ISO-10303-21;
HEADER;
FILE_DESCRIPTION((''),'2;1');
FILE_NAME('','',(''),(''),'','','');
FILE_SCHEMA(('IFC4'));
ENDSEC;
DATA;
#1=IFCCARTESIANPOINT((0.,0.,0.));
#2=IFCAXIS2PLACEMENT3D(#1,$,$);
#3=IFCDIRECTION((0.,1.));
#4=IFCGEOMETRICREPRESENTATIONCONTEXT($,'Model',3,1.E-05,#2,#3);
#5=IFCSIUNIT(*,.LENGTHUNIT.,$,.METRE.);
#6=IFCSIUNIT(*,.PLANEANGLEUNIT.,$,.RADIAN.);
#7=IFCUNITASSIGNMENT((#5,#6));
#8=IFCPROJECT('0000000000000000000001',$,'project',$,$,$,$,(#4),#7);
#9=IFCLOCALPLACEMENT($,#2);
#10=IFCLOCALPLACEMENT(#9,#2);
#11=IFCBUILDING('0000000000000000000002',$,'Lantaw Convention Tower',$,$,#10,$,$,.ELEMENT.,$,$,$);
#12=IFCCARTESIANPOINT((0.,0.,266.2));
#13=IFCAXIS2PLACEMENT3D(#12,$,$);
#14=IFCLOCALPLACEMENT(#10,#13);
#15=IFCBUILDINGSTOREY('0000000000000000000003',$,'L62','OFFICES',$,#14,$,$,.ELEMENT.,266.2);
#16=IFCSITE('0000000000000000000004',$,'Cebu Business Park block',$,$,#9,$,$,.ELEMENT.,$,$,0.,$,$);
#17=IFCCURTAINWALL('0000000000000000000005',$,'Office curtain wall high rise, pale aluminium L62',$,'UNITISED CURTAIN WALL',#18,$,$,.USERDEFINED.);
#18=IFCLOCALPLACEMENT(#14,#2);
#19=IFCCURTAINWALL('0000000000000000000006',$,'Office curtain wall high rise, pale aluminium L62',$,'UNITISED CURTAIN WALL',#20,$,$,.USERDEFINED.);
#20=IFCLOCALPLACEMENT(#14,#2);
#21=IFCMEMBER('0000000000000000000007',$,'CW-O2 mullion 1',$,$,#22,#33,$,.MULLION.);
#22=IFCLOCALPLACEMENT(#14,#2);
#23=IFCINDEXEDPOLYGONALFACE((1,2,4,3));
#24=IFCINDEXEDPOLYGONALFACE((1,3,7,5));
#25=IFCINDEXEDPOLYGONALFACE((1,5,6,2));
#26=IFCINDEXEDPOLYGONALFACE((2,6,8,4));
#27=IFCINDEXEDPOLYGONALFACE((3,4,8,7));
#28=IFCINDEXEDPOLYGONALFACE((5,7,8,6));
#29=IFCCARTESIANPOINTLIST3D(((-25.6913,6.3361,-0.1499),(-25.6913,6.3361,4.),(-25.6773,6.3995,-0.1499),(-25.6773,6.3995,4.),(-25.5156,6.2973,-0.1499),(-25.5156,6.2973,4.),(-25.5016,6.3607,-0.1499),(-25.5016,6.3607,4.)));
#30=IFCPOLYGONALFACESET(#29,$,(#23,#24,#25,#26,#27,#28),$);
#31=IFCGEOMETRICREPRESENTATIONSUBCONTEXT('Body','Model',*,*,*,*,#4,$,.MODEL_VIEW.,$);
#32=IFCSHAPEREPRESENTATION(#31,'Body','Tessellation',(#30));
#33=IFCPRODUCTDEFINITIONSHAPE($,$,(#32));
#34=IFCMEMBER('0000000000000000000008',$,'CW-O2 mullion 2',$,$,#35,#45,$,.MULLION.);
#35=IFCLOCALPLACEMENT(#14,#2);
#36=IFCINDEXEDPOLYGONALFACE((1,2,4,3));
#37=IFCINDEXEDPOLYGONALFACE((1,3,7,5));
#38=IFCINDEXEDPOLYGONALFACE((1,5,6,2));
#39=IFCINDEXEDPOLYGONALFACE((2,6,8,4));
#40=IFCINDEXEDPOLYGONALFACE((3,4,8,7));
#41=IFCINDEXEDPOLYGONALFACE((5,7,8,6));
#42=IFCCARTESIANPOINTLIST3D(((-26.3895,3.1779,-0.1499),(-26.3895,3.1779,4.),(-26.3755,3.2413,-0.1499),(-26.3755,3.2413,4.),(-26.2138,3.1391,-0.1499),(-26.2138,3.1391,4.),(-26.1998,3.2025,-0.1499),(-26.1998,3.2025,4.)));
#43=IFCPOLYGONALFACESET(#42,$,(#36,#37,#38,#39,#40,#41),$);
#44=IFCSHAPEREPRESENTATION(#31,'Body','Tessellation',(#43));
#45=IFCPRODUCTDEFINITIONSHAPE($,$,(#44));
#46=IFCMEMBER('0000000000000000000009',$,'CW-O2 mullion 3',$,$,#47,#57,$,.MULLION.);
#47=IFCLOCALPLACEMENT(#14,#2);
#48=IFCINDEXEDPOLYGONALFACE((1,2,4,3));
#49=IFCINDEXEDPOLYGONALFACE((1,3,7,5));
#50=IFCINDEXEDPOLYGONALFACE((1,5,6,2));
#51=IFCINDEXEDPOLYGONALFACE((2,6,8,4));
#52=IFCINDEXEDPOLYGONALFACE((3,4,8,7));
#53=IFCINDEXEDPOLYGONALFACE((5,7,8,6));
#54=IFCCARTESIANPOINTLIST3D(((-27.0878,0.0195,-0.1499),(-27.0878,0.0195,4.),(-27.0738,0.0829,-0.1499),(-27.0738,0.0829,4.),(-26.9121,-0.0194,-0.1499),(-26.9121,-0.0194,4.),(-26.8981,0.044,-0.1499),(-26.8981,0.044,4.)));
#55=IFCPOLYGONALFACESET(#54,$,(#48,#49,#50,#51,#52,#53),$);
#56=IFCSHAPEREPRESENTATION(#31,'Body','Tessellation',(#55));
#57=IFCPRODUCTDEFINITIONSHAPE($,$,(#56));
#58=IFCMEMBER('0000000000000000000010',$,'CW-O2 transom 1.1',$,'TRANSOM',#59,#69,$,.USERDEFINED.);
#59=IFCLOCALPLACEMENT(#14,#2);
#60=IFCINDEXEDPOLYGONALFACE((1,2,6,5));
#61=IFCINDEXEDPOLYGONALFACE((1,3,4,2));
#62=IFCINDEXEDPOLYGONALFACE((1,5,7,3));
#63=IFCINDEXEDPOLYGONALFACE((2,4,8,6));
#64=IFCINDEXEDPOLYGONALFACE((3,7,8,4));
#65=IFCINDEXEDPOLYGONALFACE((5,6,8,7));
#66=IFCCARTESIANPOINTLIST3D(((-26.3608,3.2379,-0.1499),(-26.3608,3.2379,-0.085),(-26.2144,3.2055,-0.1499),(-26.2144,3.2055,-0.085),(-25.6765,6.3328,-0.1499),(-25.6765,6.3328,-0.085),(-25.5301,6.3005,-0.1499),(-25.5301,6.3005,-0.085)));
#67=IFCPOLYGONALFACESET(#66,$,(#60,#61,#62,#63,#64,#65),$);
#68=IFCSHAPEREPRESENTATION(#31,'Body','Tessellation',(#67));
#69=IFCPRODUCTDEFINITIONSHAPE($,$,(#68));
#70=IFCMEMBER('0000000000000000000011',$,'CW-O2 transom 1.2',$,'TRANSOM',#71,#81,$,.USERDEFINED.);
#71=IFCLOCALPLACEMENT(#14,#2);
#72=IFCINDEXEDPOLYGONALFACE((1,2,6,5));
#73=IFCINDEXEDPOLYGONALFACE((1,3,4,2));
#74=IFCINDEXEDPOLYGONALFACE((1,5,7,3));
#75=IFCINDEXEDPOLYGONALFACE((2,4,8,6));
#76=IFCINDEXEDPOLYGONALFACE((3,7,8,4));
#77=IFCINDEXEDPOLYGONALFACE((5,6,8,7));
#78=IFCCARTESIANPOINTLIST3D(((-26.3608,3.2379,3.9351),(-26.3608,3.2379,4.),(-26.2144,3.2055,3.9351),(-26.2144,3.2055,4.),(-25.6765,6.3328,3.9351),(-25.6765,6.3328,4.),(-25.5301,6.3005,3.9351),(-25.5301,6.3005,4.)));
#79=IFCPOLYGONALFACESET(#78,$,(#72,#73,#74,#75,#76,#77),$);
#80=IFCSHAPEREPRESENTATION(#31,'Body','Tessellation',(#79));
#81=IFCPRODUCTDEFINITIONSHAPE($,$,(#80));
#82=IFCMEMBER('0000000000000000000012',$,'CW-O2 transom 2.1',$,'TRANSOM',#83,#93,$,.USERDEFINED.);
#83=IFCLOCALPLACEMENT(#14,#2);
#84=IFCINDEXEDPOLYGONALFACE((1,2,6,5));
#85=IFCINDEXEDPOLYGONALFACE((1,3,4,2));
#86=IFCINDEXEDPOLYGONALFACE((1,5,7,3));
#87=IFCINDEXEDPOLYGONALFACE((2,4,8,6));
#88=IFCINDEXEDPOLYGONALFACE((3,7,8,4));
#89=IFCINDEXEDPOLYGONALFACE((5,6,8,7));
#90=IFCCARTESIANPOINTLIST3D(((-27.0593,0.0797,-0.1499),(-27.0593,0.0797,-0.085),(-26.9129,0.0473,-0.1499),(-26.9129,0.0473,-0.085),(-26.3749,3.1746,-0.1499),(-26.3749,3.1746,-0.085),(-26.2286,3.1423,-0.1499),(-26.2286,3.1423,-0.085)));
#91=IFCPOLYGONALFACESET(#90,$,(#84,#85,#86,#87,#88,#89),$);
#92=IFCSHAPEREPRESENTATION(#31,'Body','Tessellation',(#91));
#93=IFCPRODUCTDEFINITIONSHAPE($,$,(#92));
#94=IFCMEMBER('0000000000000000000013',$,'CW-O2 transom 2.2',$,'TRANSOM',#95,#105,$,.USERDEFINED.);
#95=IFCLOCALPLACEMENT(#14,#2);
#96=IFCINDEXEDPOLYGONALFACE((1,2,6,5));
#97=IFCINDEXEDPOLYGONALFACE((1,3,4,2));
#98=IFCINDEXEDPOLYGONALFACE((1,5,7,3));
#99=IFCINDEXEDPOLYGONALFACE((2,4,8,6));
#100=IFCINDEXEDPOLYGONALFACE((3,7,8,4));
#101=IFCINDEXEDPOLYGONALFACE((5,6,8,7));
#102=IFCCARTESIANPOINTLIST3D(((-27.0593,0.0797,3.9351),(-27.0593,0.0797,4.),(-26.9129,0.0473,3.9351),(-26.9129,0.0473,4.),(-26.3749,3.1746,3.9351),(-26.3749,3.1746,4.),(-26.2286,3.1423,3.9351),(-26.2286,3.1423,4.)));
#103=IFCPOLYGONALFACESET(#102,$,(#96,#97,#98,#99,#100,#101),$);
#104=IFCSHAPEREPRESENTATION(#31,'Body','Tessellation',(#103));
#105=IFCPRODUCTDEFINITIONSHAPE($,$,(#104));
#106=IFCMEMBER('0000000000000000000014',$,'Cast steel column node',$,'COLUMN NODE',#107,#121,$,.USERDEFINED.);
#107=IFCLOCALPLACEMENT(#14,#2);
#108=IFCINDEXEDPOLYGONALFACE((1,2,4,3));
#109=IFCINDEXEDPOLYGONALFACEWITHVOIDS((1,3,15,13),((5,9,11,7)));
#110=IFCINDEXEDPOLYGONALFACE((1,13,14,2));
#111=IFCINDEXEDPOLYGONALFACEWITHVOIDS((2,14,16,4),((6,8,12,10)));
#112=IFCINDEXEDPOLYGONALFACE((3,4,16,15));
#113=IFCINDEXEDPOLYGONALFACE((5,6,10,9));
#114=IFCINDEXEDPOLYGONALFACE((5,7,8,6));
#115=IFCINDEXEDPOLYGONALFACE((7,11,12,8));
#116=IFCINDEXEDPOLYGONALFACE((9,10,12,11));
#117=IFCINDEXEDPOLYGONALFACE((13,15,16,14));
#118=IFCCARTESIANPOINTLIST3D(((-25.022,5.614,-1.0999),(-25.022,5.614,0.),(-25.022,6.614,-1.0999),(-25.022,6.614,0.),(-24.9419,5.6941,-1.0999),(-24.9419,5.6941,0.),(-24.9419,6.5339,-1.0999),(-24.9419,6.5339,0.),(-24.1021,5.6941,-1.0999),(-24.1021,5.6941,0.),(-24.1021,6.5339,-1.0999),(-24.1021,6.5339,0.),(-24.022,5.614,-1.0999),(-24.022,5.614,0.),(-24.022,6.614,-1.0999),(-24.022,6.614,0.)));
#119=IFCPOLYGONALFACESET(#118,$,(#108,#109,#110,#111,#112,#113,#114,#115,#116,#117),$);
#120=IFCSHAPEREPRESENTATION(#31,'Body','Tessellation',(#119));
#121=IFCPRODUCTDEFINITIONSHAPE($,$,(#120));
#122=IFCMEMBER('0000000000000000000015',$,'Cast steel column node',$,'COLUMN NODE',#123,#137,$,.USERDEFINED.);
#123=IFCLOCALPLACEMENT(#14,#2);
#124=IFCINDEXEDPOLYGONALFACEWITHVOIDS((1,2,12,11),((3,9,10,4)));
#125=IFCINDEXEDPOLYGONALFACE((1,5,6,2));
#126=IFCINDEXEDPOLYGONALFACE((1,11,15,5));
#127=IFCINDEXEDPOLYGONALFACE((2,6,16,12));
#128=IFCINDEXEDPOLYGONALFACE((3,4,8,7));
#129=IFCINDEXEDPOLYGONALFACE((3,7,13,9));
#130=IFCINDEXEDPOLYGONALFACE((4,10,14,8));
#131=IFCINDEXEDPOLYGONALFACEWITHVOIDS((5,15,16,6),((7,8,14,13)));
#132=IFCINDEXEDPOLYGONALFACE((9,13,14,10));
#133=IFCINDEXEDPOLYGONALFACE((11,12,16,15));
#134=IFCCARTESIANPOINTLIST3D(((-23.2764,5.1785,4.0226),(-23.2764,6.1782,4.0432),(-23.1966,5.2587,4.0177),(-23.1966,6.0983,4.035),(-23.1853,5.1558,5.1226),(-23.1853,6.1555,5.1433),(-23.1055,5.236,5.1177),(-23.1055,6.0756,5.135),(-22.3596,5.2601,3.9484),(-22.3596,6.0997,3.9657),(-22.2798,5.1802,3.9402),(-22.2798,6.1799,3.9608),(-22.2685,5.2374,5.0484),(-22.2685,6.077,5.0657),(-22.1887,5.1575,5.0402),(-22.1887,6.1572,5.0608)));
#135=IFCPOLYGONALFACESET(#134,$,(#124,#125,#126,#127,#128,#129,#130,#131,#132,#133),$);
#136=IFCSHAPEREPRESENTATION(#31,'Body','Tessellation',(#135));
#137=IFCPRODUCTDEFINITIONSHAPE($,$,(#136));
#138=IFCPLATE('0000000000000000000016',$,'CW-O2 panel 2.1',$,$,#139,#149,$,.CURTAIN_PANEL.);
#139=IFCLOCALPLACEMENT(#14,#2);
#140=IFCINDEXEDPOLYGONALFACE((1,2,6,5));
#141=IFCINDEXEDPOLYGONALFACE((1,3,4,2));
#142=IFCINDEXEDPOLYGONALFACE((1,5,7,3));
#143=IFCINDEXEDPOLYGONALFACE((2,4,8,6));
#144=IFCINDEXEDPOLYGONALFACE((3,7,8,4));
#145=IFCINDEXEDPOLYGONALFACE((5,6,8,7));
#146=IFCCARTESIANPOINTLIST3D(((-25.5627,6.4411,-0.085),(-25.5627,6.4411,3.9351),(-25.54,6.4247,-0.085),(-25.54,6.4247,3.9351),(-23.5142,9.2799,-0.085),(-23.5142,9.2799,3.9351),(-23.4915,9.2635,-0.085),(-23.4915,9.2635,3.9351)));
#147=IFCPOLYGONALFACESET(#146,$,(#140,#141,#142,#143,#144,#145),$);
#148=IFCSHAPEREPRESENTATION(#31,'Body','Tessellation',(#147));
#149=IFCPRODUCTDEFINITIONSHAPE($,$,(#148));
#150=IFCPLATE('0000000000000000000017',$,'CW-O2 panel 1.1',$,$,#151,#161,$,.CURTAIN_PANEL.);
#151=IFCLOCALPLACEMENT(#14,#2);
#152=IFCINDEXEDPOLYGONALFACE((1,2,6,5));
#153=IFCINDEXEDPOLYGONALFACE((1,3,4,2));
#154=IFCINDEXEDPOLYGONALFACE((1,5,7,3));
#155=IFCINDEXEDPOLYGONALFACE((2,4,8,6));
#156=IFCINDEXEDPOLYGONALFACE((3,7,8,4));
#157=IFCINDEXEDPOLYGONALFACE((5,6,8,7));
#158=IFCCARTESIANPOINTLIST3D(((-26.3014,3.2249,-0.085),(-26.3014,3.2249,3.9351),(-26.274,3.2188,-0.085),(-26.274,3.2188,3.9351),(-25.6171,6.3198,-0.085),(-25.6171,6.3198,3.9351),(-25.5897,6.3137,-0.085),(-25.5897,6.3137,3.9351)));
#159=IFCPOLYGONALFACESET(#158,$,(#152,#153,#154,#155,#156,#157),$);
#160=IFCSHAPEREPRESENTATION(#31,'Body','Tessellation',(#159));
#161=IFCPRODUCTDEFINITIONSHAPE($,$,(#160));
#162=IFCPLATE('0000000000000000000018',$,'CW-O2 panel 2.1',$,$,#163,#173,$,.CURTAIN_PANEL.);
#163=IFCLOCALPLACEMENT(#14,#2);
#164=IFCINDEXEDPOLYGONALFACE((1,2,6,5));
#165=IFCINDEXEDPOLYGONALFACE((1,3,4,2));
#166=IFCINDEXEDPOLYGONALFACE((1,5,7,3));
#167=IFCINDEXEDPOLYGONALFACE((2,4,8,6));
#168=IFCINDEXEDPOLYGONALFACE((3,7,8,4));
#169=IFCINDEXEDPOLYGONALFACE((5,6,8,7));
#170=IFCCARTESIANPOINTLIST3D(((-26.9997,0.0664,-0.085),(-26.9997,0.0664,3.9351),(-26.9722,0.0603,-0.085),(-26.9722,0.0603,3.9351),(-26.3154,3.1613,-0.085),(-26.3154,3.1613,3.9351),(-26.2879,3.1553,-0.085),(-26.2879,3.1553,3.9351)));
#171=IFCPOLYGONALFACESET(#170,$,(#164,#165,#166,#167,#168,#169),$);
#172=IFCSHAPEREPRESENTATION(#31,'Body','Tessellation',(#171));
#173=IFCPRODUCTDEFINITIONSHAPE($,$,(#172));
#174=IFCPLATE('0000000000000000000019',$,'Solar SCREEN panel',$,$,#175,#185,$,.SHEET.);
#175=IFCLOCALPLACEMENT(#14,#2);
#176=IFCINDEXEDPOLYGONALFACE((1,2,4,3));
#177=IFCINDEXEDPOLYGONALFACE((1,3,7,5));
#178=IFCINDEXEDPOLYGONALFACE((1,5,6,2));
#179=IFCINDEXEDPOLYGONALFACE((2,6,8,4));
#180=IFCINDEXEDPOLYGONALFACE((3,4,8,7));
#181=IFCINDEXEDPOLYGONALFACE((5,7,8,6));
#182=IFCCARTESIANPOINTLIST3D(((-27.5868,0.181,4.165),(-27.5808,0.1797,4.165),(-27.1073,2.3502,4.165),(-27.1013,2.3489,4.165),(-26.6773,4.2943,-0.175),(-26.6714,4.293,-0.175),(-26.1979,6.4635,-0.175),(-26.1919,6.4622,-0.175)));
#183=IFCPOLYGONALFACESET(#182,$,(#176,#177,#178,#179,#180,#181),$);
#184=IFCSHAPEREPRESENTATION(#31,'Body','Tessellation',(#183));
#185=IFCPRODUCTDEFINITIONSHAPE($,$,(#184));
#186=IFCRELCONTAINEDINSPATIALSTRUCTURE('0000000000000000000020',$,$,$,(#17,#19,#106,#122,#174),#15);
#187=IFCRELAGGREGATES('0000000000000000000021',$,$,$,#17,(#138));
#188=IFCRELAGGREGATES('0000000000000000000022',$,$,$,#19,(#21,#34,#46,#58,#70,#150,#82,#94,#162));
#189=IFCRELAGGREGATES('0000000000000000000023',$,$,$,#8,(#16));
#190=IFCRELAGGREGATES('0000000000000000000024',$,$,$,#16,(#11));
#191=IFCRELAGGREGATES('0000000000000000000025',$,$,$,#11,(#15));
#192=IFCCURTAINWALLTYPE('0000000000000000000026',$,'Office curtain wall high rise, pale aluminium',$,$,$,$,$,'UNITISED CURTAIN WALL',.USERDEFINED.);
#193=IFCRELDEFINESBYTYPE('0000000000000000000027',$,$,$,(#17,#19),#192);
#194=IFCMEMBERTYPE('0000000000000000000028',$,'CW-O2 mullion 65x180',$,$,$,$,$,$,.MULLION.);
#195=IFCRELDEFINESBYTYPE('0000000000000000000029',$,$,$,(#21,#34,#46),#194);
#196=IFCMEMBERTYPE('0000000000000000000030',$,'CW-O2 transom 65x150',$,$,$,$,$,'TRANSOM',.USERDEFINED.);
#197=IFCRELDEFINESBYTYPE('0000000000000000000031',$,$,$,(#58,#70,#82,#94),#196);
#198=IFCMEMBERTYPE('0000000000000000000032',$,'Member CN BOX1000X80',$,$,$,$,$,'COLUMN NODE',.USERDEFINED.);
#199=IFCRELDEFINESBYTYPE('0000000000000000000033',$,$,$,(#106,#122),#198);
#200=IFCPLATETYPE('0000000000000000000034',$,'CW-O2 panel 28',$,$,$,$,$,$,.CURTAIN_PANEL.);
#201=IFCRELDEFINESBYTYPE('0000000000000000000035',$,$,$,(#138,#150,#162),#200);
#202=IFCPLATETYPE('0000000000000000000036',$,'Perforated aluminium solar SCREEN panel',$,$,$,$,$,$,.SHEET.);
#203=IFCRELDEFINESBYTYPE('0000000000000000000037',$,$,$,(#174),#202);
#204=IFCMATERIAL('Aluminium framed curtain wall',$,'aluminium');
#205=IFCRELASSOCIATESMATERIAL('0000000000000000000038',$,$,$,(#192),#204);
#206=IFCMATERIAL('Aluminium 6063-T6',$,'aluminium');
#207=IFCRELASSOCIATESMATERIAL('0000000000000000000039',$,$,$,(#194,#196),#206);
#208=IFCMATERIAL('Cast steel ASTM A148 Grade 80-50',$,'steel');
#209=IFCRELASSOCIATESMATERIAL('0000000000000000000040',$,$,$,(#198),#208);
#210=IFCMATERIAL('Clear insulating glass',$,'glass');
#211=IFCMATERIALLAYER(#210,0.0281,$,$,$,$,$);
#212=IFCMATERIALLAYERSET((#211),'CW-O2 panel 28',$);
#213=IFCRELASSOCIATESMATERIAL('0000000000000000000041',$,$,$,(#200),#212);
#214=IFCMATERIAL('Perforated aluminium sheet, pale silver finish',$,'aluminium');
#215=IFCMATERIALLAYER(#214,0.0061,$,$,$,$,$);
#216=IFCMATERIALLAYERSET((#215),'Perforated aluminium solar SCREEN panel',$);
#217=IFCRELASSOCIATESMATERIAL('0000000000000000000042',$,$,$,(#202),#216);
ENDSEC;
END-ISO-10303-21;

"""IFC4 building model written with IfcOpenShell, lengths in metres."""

from ifc_helpers import new_model, si_unit, direction, frame, origin, origin_2d, place, context, subcontext, project, spatial, polyline, rectangle, hollow_rectangle, outline, extrude, material, layer, layer_set, material_profile, profile_set, type_object, element, aggregate, save


model = new_model("IFC4")

# Units and contexts
model_context = context("Model", 3, precision=1e-05, world=origin(), true_north=direction((0.0, 1.0)))
body_context = subcontext(model_context, "Body", "Model", "MODEL_VIEW")
ifc_project = project(units=[si_unit("LENGTHUNIT", "METRE"), si_unit("PLANEANGLEUNIT", "RADIAN")], contexts=[model_context])

# Site, building, storey
site_placement = place(None, origin())
site = spatial("IfcSite", under=ifc_project, at=site_placement, Name="Cebu Business Park block", CompositionType="ELEMENT", RefElevation=0.0)
building_placement = place(site_placement, origin())
building = spatial("IfcBuilding", under=site, at=building_placement, Name="Lantaw Convention Tower", CompositionType="ELEMENT")
storey_placement = place(building_placement, frame((0.0, 0.0, 266.2)))
storey = spatial("IfcBuildingStorey", under=building, at=storey_placement, Name="L62", Description="OFFICES", CompositionType="ELEMENT", Elevation=266.2)

# Curtain wall
ifc_material_1 = material(Name="Aluminium framed curtain wall", Category="aluminium")
curtain_wall_type = type_object("IfcCurtainWallType", Name="Office curtain wall high rise, pale aluminium", ElementType="UNITISED CURTAIN WALL", PredefinedType="USERDEFINED", material=ifc_material_1)
curtain_wall_1_placement = place(storey_placement, origin())
curtain_wall_1 = element("IfcCurtainWall", 1, at=curtain_wall_1_placement, inside=storey, type_object=curtain_wall_type, Name="Office curtain wall high rise, pale aluminium L62", ObjectType="UNITISED CURTAIN WALL", PredefinedType="USERDEFINED")
ifc_material_2 = material(Name="Aluminium 6063-T6", Category="aluminium")
ifc_material_profile_1 = material_profile(ifc_material_2, rectangle(XDim=0.1799, YDim=0.0649, at=origin_2d()), Name="CW-O2 mullion 65x180")
ifc_profile_set_1 = profile_set([ifc_material_profile_1], Name="Aluminium 6063-T6")
member_type_1 = type_object("IfcMemberType", Name="CW-O2 mullion 65x180", PredefinedType="MULLION", material=ifc_profile_set_1)

# Curtain wall, members
curtain_wall_2_placement = place(storey_placement, origin())
curtain_wall_2 = element("IfcCurtainWall", 2, at=curtain_wall_2_placement, inside=storey, type_object=curtain_wall_type, Name="Office curtain wall high rise, pale aluminium L62", ObjectType="UNITISED CURTAIN WALL", PredefinedType="USERDEFINED")
member_1_placement = place(storey_placement, frame((-25.5964, 6.3484, -0.1499), z_axis=(0.0, 0.0, 1.0), x_axis=(0.976417, -0.215891, 0.0)))
member_1 = element("IfcMember", 3, at=member_1_placement, type_object=member_type_1, Name="CW-O2 mullion 1", PredefinedType="MULLION", context=body_context, shape_type="SweptSolid", body=[
    extrude(rectangle(XDim=0.1799, YDim=0.0649, at=origin_2d()), origin(), (0.0, 0.0, 1.0), 4.1499),
])
member_2_placement = place(storey_placement, frame((-26.2947, 3.1902, -0.1499), z_axis=(0.0, 0.0, 1.0), x_axis=(0.976417, -0.215891, 0.0)))
member_2 = element("IfcMember", 4, at=member_2_placement, type_object=member_type_1, Name="CW-O2 mullion 2", PredefinedType="MULLION", context=body_context, shape_type="SweptSolid", body=[
    extrude(rectangle(XDim=0.1799, YDim=0.0649, at=origin_2d()), origin(), (0.0, 0.0, 1.0), 4.1499),
])
member_3_placement = place(storey_placement, frame((-26.9929, 0.0317, -0.1499), z_axis=(0.0, 0.0, 1.0), x_axis=(0.976417, -0.215891, 0.0)))
member_3 = element("IfcMember", 5, at=member_3_placement, type_object=member_type_1, Name="CW-O2 mullion 3", PredefinedType="MULLION", context=body_context, shape_type="SweptSolid", body=[
    extrude(rectangle(XDim=0.1799, YDim=0.0649, at=origin_2d()), origin(), (0.0, 0.0, 1.0), 4.1499),
])
ifc_material_profile_2 = material_profile(ifc_material_2, rectangle(XDim=0.1499, YDim=0.0649, at=origin_2d()), Name="CW-O2 transom 65x150")
ifc_profile_set_2 = profile_set([ifc_material_profile_2], Name="Aluminium 6063-T6")
member_type_2 = type_object("IfcMemberType", Name="CW-O2 transom 65x150", ElementType="TRANSOM", PredefinedType="USERDEFINED", material=ifc_profile_set_2)
member_4_placement = place(storey_placement, frame((-25.6033, 6.3167, -0.1174), z_axis=(-0.215895, -0.976417, 0.0), x_axis=(0.976417, -0.215895, 0.0)))
member_4 = element("IfcMember", 6, at=member_4_placement, type_object=member_type_2, Name="CW-O2 transom 1.1", ObjectType="TRANSOM", PredefinedType="USERDEFINED", context=body_context, shape_type="SweptSolid", body=[
    extrude(rectangle(XDim=0.1499, YDim=0.0649, at=origin_2d()), origin(), (0.0, 0.0, 1.0), 3.1697),
])
member_5_placement = place(storey_placement, frame((-25.6033, 6.3167, 3.9675), z_axis=(-0.215895, -0.976417, 0.0), x_axis=(0.976417, -0.215895, 0.0)))
member_5 = element("IfcMember", 7, at=member_5_placement, type_object=member_type_2, Name="CW-O2 transom 1.2", ObjectType="TRANSOM", PredefinedType="USERDEFINED", context=body_context, shape_type="SweptSolid", body=[
    extrude(rectangle(XDim=0.1499, YDim=0.0649, at=origin_2d()), origin(), (0.0, 0.0, 1.0), 3.1697),
])
member_6_placement = place(storey_placement, frame((-26.3018, 3.1584, -0.1174), z_axis=(-0.215895, -0.976417, 0.0), x_axis=(0.976417, -0.215895, 0.0)))
member_6 = element("IfcMember", 8, at=member_6_placement, type_object=member_type_2, Name="CW-O2 transom 2.1", ObjectType="TRANSOM", PredefinedType="USERDEFINED", context=body_context, shape_type="SweptSolid", body=[
    extrude(rectangle(XDim=0.1499, YDim=0.0649, at=origin_2d()), origin(), (0.0, 0.0, 1.0), 3.1697),
])
member_7_placement = place(storey_placement, frame((-26.3018, 3.1584, 3.9675), z_axis=(-0.215895, -0.976417, 0.0), x_axis=(0.976417, -0.215895, 0.0)))
member_7 = element("IfcMember", 9, at=member_7_placement, type_object=member_type_2, Name="CW-O2 transom 2.2", ObjectType="TRANSOM", PredefinedType="USERDEFINED", context=body_context, shape_type="SweptSolid", body=[
    extrude(rectangle(XDim=0.1499, YDim=0.0649, at=origin_2d()), origin(), (0.0, 0.0, 1.0), 3.1697),
])

# Members
ifc_material_3 = material(Name="Cast steel ASTM A148 Grade 80-50", Category="steel")
ifc_material_profile_3 = material_profile(ifc_material_3, hollow_rectangle(XDim=1.0, YDim=1.0, WallThickness=0.0801, at=origin_2d()), Name="BOX1000X80")
ifc_profile_set_3 = profile_set([ifc_material_profile_3], Name="Cast steel ASTM A148 Grade 80-50")
member_type_3 = type_object("IfcMemberType", Name="Member CN BOX1000X80", ElementType="COLUMN NODE", PredefinedType="USERDEFINED", material=ifc_profile_set_3)
member_8_placement = place(storey_placement, frame((-24.522, 6.114, -1.0999), z_axis=(0.0, 0.0, 1.0), x_axis=(1.0, 0.0, 0.0)))
element("IfcMember", 10, at=member_8_placement, inside=storey, type_object=member_type_3, Name="Cast steel column node", ObjectType="COLUMN NODE", PredefinedType="USERDEFINED", context=body_context, shape_type="SweptSolid", body=[
    extrude(hollow_rectangle(XDim=1.0, YDim=1.0, WallThickness=0.0801, at=origin_2d()), origin(), (0.0, 0.0, 1.0), 1.0999),
])
member_9_placement = place(storey_placement, frame((-22.7781, 5.6792, 3.9917), z_axis=(0.082479, -0.020564, 0.996381), x_axis=(0.996593, 0.001698, -0.082461)))
element("IfcMember", 11, at=member_9_placement, inside=storey, type_object=member_type_3, Name="Cast steel column node", ObjectType="COLUMN NODE", PredefinedType="USERDEFINED", context=body_context, shape_type="SweptSolid", body=[
    extrude(hollow_rectangle(XDim=1.0, YDim=1.0, WallThickness=0.0801, at=origin_2d()), origin(), (0.0, 0.0, 1.0), 1.104),
])

# Plates
ifc_material_4 = material(Name="Clear insulating glass", Category="glass")
ifc_layer_1 = layer(ifc_material_4, 0.0281)
ifc_layer_set_1 = layer_set([ifc_layer_1], Name="CW-O2 panel 28")
plate_type_1 = type_object("IfcPlateType", Name="CW-O2 panel 28", PredefinedType="CURTAIN_PANEL", material=ifc_layer_set_1)
plate_1_placement = place(storey_placement, frame((-24.5271, 7.8523, -0.085), z_axis=(0.0, 0.0, 1.0), x_axis=(-0.585158, -0.81092, 0.0)))
plate_1 = element("IfcPlate", 12, at=plate_1_placement, type_object=plate_type_1, Name="CW-O2 panel 2.1", PredefinedType="CURTAIN_PANEL", context=body_context, shape_type="SweptSolid", body=[
    extrude(rectangle(XDim=3.5007, YDim=0.0281, at=origin_2d()), origin(), (0.0, 0.0, 1.0), 4.02),
])
aggregate(curtain_wall_1, [plate_1])
plate_2_placement = place(storey_placement, frame((-25.9456, 4.7693, -0.085), z_axis=(0.0, 0.0, 1.0), x_axis=(-0.215891, -0.976417, 0.0)))
plate_2 = element("IfcPlate", 13, at=plate_2_placement, type_object=plate_type_1, Name="CW-O2 panel 1.1", PredefinedType="CURTAIN_PANEL", context=body_context, shape_type="SweptSolid", body=[
    extrude(rectangle(XDim=3.1697, YDim=0.0281, at=origin_2d()), origin(), (0.0, 0.0, 1.0), 4.02),
])
plate_3_placement = place(storey_placement, frame((-26.6438, 1.6108, -0.085), z_axis=(0.0, 0.0, 1.0), x_axis=(-0.215891, -0.976417, 0.0)))
plate_3 = element("IfcPlate", 14, at=plate_3_placement, type_object=plate_type_1, Name="CW-O2 panel 2.1", PredefinedType="CURTAIN_PANEL", context=body_context, shape_type="SweptSolid", body=[
    extrude(rectangle(XDim=3.1697, YDim=0.0281, at=origin_2d()), origin(), (0.0, 0.0, 1.0), 4.02),
])
aggregate(curtain_wall_2, [member_1, member_2, member_3, member_4, member_5, plate_2, member_6, member_7, plate_3])
ifc_material_5 = material(Name="Perforated aluminium sheet, pale silver finish", Category="aluminium")
ifc_layer_2 = layer(ifc_material_5, 0.0061)
ifc_layer_set_2 = layer_set([ifc_layer_2], Name="Perforated aluminium solar SCREEN panel")
plate_type_2 = type_object("IfcPlateType", Name="Perforated aluminium solar SCREEN panel", PredefinedType="SHEET", material=ifc_layer_set_2)
plate_4_placement = place(storey_placement, frame((-26.1919, 6.4622, -0.175), z_axis=(0.97643, -0.215837, 0.000044), x_axis=(-0.215837, -0.97643, 0.0)))
element("IfcPlate", 15, at=plate_4_placement, inside=storey, type_object=plate_type_2, Name="Solar SCREEN panel", PredefinedType="SHEET", context=body_context, shape_type="SweptSolid", body=[
    extrude(outline(polyline([(0.0, 0.0), (2.2216, 0.0), (6.4342, -4.3401), (4.2126, -4.3401), (0.0, 0.0)])), origin(), (0.0, 0.0, -1.0), 0.0061),
])

save(model, "model.ifc")
